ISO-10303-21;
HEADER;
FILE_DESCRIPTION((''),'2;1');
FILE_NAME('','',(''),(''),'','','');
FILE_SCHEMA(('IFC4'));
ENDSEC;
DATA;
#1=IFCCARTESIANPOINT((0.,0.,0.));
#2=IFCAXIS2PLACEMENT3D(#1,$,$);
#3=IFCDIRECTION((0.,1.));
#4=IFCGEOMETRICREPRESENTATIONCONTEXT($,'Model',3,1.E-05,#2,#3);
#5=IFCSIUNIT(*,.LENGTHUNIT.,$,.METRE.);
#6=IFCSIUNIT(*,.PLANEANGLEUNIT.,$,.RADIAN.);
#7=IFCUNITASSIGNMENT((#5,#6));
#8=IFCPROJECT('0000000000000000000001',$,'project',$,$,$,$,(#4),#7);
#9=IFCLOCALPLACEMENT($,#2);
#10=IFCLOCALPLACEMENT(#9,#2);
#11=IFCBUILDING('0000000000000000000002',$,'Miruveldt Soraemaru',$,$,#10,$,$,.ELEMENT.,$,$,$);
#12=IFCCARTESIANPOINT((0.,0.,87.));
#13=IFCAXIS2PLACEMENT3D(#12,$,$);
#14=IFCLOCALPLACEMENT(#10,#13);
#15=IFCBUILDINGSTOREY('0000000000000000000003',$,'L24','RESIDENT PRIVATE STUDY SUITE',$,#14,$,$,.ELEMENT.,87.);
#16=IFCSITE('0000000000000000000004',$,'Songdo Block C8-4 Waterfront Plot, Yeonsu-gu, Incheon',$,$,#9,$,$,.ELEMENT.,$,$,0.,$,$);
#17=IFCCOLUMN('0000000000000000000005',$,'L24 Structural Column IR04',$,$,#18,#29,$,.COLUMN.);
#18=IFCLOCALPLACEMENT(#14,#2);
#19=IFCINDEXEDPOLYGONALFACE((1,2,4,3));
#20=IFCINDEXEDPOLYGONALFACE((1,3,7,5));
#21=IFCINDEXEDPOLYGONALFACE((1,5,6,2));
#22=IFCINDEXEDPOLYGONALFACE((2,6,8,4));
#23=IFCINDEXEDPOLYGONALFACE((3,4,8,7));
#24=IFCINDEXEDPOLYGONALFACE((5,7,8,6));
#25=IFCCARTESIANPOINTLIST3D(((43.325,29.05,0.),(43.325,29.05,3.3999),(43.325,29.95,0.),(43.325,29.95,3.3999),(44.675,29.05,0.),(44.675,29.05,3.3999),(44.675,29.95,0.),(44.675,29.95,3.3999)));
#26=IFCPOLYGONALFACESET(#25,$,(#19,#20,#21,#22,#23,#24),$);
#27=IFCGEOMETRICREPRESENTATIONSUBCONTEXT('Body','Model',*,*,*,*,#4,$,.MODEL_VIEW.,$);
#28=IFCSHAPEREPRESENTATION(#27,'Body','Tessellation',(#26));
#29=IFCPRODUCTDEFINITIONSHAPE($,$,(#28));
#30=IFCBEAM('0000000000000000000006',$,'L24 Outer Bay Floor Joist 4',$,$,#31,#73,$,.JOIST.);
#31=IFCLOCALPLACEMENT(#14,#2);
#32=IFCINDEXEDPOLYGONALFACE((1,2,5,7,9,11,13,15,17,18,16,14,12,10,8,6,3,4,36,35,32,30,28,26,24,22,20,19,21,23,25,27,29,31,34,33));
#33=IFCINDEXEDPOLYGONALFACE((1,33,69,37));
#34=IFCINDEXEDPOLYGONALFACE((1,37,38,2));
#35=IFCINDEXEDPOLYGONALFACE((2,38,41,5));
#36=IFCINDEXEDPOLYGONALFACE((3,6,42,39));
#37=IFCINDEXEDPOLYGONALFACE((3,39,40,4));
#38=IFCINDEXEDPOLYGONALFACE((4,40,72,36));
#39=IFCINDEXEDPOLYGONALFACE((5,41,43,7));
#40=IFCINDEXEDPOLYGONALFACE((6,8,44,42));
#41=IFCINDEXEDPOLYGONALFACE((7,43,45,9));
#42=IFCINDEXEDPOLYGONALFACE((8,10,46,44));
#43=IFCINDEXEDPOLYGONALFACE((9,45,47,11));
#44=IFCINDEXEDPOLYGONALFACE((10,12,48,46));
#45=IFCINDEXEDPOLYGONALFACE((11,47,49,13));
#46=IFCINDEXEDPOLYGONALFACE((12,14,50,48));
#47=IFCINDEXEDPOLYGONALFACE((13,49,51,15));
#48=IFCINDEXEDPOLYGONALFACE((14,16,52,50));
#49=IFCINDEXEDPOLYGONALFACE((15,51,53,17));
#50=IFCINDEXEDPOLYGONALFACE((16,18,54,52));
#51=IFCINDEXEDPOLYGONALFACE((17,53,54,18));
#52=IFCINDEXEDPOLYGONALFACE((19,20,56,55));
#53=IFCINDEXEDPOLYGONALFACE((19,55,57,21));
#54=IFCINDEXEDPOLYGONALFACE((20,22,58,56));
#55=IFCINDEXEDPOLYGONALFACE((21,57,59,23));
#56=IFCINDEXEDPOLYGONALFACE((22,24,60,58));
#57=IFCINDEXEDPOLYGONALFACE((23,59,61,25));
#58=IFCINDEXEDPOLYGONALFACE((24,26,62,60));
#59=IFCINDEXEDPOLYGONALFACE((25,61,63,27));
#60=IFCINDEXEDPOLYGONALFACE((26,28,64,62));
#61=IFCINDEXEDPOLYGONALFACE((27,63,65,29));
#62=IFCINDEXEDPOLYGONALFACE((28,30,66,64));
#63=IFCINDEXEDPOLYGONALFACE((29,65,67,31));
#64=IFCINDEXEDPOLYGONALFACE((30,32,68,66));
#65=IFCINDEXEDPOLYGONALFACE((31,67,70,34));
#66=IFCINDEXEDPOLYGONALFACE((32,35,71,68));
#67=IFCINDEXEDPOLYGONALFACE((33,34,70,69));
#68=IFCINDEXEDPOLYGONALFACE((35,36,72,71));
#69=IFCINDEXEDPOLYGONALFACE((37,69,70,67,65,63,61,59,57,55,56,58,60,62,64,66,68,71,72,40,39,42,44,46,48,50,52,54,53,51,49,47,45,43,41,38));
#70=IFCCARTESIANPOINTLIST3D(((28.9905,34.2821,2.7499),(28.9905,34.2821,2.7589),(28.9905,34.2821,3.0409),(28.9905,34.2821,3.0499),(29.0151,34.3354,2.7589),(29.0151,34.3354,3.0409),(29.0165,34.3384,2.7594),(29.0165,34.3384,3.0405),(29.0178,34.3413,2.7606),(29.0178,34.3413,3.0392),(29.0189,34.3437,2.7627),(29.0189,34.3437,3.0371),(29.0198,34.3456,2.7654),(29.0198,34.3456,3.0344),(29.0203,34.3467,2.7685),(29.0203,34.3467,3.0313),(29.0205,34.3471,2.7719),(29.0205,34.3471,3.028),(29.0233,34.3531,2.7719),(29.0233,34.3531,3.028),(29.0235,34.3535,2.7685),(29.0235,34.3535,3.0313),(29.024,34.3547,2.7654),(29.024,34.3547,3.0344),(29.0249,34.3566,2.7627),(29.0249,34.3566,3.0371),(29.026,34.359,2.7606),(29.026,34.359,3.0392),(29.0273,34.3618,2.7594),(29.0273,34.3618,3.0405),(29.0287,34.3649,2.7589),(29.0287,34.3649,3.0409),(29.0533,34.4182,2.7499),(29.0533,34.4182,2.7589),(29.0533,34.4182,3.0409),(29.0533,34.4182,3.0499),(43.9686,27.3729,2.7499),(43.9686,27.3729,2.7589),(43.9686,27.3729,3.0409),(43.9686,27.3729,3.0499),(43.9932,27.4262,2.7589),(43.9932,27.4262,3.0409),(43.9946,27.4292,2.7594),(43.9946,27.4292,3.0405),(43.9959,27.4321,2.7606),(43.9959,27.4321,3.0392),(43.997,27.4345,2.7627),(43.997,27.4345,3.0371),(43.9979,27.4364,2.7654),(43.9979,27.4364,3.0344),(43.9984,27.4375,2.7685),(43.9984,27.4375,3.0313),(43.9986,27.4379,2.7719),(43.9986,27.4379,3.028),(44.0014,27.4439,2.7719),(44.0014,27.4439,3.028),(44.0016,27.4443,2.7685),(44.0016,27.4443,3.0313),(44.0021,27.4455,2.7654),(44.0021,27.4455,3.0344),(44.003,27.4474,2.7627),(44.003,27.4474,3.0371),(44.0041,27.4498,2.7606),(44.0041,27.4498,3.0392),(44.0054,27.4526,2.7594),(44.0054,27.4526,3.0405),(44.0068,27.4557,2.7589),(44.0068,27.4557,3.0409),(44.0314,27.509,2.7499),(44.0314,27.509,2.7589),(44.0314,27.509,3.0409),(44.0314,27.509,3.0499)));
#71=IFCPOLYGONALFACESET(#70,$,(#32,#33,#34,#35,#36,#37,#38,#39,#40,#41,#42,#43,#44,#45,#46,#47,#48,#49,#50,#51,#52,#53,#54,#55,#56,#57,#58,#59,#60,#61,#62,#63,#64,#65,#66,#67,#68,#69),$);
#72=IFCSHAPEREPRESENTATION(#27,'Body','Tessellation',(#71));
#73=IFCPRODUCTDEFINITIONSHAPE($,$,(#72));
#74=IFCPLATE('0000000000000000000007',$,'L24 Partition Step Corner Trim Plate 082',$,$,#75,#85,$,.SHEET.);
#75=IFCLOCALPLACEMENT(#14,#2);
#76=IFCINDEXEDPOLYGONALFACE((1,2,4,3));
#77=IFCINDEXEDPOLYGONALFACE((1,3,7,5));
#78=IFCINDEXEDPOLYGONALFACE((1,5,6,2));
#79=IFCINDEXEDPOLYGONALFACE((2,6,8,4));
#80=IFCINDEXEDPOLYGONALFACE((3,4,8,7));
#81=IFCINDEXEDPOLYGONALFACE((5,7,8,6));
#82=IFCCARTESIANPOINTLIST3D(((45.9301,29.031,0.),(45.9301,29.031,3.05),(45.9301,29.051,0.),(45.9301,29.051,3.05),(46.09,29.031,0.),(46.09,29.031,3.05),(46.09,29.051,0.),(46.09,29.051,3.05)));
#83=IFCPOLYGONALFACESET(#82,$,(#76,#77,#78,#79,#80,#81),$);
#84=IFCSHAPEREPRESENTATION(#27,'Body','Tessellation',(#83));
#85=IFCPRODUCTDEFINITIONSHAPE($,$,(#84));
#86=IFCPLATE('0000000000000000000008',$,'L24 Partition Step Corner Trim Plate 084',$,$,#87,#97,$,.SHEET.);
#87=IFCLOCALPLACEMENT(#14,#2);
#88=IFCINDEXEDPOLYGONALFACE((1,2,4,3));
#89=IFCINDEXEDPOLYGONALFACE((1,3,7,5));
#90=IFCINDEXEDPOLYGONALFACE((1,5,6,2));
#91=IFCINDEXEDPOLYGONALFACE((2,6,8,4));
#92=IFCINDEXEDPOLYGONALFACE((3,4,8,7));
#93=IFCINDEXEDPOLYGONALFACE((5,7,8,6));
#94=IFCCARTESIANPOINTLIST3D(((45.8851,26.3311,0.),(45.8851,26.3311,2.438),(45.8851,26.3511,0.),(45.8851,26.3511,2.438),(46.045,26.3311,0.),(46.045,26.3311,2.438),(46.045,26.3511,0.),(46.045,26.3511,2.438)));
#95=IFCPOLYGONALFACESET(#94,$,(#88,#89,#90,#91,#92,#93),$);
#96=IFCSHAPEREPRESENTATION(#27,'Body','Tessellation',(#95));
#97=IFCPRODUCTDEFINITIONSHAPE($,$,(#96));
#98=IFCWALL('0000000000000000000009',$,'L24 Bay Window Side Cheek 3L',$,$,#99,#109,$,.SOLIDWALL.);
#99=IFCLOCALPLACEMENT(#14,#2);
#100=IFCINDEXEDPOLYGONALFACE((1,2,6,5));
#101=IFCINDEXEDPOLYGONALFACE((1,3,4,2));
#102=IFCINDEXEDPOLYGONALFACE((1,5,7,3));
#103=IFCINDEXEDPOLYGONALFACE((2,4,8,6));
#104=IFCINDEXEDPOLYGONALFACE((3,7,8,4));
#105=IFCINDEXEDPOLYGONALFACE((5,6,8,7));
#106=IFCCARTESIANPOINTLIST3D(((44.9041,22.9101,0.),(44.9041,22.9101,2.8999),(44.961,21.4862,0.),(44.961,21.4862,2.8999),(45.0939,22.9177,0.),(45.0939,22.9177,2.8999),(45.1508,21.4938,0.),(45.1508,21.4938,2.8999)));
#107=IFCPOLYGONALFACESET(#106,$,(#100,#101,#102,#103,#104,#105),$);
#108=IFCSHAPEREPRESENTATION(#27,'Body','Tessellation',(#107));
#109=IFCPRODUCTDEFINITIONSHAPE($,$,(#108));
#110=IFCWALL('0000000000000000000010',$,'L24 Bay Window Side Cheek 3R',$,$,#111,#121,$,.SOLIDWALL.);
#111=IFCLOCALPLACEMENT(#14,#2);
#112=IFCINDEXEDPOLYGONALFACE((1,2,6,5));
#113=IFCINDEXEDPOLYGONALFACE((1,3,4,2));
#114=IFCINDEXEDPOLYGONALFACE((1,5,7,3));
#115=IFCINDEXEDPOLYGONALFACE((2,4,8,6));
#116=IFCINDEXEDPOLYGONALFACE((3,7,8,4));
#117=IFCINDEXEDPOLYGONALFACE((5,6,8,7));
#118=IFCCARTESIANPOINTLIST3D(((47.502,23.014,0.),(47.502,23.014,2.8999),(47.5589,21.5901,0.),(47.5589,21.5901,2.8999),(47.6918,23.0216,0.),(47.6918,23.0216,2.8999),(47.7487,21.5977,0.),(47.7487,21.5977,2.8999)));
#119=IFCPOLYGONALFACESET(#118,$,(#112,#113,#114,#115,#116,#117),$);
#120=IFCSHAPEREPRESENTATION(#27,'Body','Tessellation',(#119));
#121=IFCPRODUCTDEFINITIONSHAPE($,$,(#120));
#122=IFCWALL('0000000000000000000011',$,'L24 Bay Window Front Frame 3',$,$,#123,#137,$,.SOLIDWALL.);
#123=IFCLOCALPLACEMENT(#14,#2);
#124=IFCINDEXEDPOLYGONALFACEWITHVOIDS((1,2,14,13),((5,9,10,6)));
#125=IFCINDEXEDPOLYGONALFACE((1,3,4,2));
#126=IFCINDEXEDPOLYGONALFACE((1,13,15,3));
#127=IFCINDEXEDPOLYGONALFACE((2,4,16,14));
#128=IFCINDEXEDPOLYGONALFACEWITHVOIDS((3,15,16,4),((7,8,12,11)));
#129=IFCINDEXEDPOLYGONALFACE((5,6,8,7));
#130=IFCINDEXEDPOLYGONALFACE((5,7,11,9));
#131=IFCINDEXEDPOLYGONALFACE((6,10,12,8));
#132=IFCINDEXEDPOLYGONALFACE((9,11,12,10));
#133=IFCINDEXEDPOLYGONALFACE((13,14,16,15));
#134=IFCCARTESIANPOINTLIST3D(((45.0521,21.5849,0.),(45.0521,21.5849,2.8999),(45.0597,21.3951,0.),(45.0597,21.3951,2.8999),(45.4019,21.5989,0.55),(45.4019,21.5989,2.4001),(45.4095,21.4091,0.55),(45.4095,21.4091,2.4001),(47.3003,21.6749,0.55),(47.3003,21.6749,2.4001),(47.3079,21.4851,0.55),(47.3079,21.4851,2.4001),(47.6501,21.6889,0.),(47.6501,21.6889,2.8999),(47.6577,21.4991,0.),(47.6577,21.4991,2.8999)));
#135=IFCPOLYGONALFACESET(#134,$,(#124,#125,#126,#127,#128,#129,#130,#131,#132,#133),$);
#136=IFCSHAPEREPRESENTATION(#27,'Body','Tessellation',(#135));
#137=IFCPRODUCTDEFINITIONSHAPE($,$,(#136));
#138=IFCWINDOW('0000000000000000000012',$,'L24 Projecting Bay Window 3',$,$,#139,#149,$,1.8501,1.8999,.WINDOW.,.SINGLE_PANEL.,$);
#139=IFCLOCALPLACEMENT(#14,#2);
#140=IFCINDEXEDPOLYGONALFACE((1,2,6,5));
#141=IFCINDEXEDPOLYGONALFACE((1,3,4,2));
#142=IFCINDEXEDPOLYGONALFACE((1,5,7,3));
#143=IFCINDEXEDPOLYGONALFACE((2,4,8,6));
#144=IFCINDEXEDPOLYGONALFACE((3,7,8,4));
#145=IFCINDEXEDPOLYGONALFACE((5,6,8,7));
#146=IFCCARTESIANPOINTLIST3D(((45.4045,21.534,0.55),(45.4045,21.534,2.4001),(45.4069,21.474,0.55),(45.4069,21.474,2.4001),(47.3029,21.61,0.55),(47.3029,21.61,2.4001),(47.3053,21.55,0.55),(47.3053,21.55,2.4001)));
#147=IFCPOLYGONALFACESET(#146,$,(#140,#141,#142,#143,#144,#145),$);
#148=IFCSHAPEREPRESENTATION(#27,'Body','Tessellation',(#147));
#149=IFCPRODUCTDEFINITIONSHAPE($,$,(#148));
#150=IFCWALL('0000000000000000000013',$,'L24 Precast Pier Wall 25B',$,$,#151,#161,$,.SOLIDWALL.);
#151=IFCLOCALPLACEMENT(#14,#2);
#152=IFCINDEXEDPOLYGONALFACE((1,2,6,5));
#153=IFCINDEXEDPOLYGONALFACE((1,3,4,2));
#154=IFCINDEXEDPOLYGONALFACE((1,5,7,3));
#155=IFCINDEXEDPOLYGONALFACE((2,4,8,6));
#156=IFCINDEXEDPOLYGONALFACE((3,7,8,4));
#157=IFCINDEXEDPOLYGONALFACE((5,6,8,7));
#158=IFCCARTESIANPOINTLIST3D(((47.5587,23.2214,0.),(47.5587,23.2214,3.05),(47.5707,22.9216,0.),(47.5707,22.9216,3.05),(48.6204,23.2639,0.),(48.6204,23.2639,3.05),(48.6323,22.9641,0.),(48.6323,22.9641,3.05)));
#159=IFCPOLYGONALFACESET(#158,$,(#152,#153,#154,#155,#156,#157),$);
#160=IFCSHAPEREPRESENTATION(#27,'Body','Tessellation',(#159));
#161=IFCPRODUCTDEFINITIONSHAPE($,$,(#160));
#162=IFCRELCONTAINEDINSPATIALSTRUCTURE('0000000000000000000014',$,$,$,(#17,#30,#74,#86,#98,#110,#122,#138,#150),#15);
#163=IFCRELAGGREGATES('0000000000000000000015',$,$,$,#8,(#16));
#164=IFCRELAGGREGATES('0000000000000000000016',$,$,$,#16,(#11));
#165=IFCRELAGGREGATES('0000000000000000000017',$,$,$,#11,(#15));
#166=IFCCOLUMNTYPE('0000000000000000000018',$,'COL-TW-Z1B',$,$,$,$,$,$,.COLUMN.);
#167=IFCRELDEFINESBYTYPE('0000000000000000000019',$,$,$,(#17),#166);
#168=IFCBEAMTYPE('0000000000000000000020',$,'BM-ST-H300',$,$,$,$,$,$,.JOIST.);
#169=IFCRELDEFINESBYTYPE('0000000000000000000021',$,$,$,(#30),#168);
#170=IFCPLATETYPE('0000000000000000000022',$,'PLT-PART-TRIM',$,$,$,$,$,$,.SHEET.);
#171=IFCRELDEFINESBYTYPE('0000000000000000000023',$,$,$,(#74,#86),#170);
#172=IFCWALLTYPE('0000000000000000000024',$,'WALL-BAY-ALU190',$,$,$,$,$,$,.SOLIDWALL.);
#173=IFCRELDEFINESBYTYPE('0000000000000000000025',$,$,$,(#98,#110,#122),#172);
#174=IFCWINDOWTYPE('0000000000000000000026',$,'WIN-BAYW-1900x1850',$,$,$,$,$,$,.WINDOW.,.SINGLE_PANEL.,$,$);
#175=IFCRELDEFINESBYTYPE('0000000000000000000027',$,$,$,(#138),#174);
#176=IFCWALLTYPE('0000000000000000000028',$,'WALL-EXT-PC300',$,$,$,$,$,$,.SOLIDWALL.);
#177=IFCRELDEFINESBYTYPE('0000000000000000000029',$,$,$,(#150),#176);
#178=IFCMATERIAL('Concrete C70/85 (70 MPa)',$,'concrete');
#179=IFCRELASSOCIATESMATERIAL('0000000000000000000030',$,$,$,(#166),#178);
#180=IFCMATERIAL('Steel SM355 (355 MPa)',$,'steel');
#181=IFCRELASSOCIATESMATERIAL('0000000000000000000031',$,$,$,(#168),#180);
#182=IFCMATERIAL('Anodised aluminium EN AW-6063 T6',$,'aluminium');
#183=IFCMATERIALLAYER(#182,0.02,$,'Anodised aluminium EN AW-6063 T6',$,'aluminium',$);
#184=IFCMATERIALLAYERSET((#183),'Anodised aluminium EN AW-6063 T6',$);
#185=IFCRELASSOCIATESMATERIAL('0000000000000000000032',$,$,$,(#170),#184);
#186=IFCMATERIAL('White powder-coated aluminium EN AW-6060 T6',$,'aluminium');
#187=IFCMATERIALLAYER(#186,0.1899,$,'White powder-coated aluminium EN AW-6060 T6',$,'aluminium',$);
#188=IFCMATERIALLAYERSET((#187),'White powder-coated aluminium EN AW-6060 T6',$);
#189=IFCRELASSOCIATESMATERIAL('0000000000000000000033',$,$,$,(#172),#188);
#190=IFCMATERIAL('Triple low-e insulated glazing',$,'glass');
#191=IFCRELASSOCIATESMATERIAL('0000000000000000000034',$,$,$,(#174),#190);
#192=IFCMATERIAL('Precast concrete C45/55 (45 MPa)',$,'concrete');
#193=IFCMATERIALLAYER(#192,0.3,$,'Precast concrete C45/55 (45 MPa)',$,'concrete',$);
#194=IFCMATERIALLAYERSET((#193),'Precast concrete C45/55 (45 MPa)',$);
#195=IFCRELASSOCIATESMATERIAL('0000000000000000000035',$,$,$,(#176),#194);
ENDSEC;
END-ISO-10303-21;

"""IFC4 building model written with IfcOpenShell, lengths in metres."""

from ifc_helpers import new_model, si_unit, direction, frame, frame_2d, origin, origin_2d, place, context, subcontext, project, spatial, rectangle, i_section, extrude, material, layer, layer_set, material_profile, profile_set, type_object, element, fill, save


model = new_model("IFC4")

# Units and contexts
model_context = context("Model", 3, precision=1e-05, world=origin(), true_north=direction((0.0, 1.0)))
body_context = subcontext(model_context, "Body", "Model", "MODEL_VIEW")
ifc_project = project(units=[si_unit("LENGTHUNIT", "METRE"), si_unit("PLANEANGLEUNIT", "RADIAN")], contexts=[model_context])

# Site, building, storey
site_placement = place(None, origin())
site = spatial("IfcSite", under=ifc_project, at=site_placement, Name="Songdo Block C8-4 Waterfront Plot, Yeonsu-gu, Incheon", CompositionType="ELEMENT", RefElevation=0.0)
building_placement = place(site_placement, origin())
building = spatial("IfcBuilding", under=site, at=building_placement, Name="Miruveldt Soraemaru", CompositionType="ELEMENT")
storey_placement = place(building_placement, frame((0.0, 0.0, 87.0)))
storey = spatial("IfcBuildingStorey", under=building, at=storey_placement, Name="L24", Description="RESIDENT PRIVATE STUDY SUITE", CompositionType="ELEMENT", Elevation=87.0)

# Column
ifc_material_1 = material(Name="Concrete C70/85 (70 MPa)", Category="concrete")
ifc_material_profile_1 = material_profile(ifc_material_1, rectangle(XDim=1.3501, YDim=0.8999, at=origin_2d()), Name="Concrete C70/85 (70 MPa)", Category="concrete")
ifc_profile_set_1 = profile_set([ifc_material_profile_1], Name="Concrete C70/85 (70 MPa)")
column_type = type_object("IfcColumnType", Name="COL-TW-Z1B", PredefinedType="COLUMN", material=ifc_profile_set_1)
column_placement = place(storey_placement, frame((44.0, 29.5, 0.0), z_axis=(0.0, 0.0, 1.0), x_axis=(1.0, 0.0, 0.0)))
element("IfcColumn", 1, at=column_placement, inside=storey, type_object=column_type, Name="L24 Structural Column IR04", PredefinedType="COLUMN", context=body_context, shape_type="SweptSolid", body=[
    extrude(rectangle(XDim=1.3501, YDim=0.8999, at=origin_2d()), origin(), (0.0, 0.0, 1.0), 3.3999),
])

# Beam
ifc_material_2 = material(Name="Steel SM355 (355 MPa)", Category="steel")
ifc_material_profile_2 = material_profile(ifc_material_2, i_section(OverallWidth=0.1499, OverallDepth=0.3, WebThickness=0.0066, FlangeThickness=0.009, FilletRadius=0.0129, at=origin_2d()), Name="Steel SM355 (355 MPa)", Category="steel")
ifc_profile_set_2 = profile_set([ifc_material_profile_2], Name="Steel SM355 (355 MPa)")
beam_type = type_object("IfcBeamType", Name="BM-ST-H300", PredefinedType="JOIST", material=ifc_profile_set_2)
beam_placement = place(storey_placement, frame((44.0, 27.4409, 2.8999), z_axis=(-0.908046, 0.41887, 0.0), x_axis=(-0.41887, -0.908046, 0.0)))
element("IfcBeam", 2, at=beam_placement, inside=storey, type_object=beam_type, Name="L24 Outer Bay Floor Joist 4", PredefinedType="JOIST", context=body_context, shape_type="SweptSolid", body=[
    extrude(i_section(OverallWidth=0.1499, OverallDepth=0.3, WebThickness=0.0066, FlangeThickness=0.009, FilletRadius=0.0129, at=origin_2d()), origin(), (0.0, 0.0, 1.0), 16.4949),
])

# Plates
ifc_material_3 = material(Name="Anodised aluminium EN AW-6063 T6", Category="aluminium")
ifc_layer_1 = layer(ifc_material_3, 0.02, Name="Anodised aluminium EN AW-6063 T6", Category="aluminium")
ifc_layer_set_1 = layer_set([ifc_layer_1], Name="Anodised aluminium EN AW-6063 T6")
plate_type = type_object("IfcPlateType", Name="PLT-PART-TRIM", PredefinedType="SHEET", material=ifc_layer_set_1)
plate_1_placement = place(storey_placement, frame((46.01, 29.041, 0.0), z_axis=(0.0, 0.0, 1.0), x_axis=(-1.0, 0.0, 0.0)))
element("IfcPlate", 3, at=plate_1_placement, inside=storey, type_object=plate_type, Name="L24 Partition Step Corner Trim Plate 082", PredefinedType="SHEET", context=body_context, shape_type="SweptSolid", body=[
    extrude(rectangle(XDim=0.1599, YDim=0.02, at=origin_2d()), origin(), (0.0, 0.0, 1.0), 3.05),
])
plate_2_placement = place(storey_placement, frame((45.9651, 26.3411, 0.0), z_axis=(0.0, 0.0, 1.0), x_axis=(1.0, 0.0, 0.0)))
element("IfcPlate", 4, at=plate_2_placement, inside=storey, type_object=plate_type, Name="L24 Partition Step Corner Trim Plate 084", PredefinedType="SHEET", context=body_context, shape_type="SweptSolid", body=[
    extrude(rectangle(XDim=0.1599, YDim=0.02, at=origin_2d()), origin(), (0.0, 0.0, 1.0), 2.438),
])

# Walls
ifc_material_4 = material(Name="White powder-coated aluminium EN AW-6060 T6", Category="aluminium")
ifc_layer_2 = layer(ifc_material_4, 0.1899, Name="White powder-coated aluminium EN AW-6060 T6", Category="aluminium")
ifc_layer_set_2 = layer_set([ifc_layer_2], Name="White powder-coated aluminium EN AW-6060 T6")
wall_type_1 = type_object("IfcWallType", Name="WALL-BAY-ALU190", PredefinedType="SOLIDWALL", material=ifc_layer_set_2)
for number, where, z_axis, x_axis, name in (
    (5, (44.999, 22.9138, 0.0), (0.0, 0.0, 1.0), (0.03992, -0.999203, 0.0), "L24 Bay Window Side Cheek 3L"),
    (6, (47.6538, 21.594, 0.0), (0.0, 0.0, 1.0), (-0.03992, 0.999203, 0.0), "L24 Bay Window Side Cheek 3R"),
):
    element("IfcWall", number, at=place(storey_placement, frame(where, z_axis=z_axis, x_axis=x_axis)), inside=storey, type_object=wall_type_1, Name=name, PredefinedType="SOLIDWALL", context=body_context, shape_type="SweptSolid", body=[
        extrude(rectangle(XDim=1.425, YDim=0.1899, at=frame_2d((0.7124, 0.0))), origin(), (0.0, 0.0, 1.0), 2.8999),
    ])

# Wall, opening, window
wall_1_placement = place(storey_placement, frame((45.0559, 21.49, 0.0), z_axis=(0.0, 0.0, 1.0), x_axis=(0.9992, 0.040002, 0.0)))
wall_1 = element("IfcWall", 7, at=wall_1_placement, inside=storey, type_object=wall_type_1, Name="L24 Bay Window Front Frame 3", PredefinedType="SOLIDWALL", context=body_context, shape_type="SweptSolid", body=[
    extrude(rectangle(XDim=2.6001, YDim=0.1899, at=frame_2d((1.3, 0.0))), origin(), (0.0, 0.0, 1.0), 2.8999),
])
opening_1_placement = place(wall_1_placement, frame((0.3501, 0.0, 0.55)))
opening_1 = element("IfcOpeningElement", 8, at=opening_1_placement, cuts=wall_1, PredefinedType="OPENING", context=body_context, shape_type="SweptSolid", body=[
    extrude(rectangle(XDim=1.8999, YDim=1.8501, at=frame_2d((0.95, 0.925))), frame((0.0, 0.105, 0.0), z_axis=(0.0, -1.0, 0.0), x_axis=(1.0, 0.0, 0.0)), (0.0, 0.0, 1.0), 0.21),
])
ifc_material_5 = material(Name="Triple low-e insulated glazing", Category="glass")
window_type_1 = type_object("IfcWindowType", Name="WIN-BAYW-1900x1850", PartitioningType="SINGLE_PANEL", PredefinedType="WINDOW", material=ifc_material_5)
window_1_placement = place(opening_1_placement, origin())
window_1 = element("IfcWindow", 9, at=window_1_placement, inside=storey, type_object=window_type_1, Name="L24 Projecting Bay Window 3", OverallHeight=1.8501, OverallWidth=1.8999, PartitioningType="SINGLE_PANEL", PredefinedType="WINDOW", context=body_context, shape_type="SweptSolid", body=[
    extrude(rectangle(XDim=1.8999, YDim=1.8501, at=frame_2d((0.95, 0.925))), frame((0.0, 0.03, 0.0), z_axis=(0.0, -1.0, 0.0), x_axis=(1.0, 0.0, 0.0)), (0.0, 0.0, 1.0), 0.0601),
])
fill(opening_1, window_1)

# Wall
ifc_material_6 = material(Name="Precast concrete C45/55 (45 MPa)", Category="concrete")
ifc_layer_3 = layer(ifc_material_6, 0.3, Name="Precast concrete C45/55 (45 MPa)", Category="concrete")
ifc_layer_set_3 = layer_set([ifc_layer_3], Name="Precast concrete C45/55 (45 MPa)")
wall_type_2 = type_object("IfcWallType", Name="WALL-EXT-PC300", PredefinedType="SOLIDWALL", material=ifc_layer_set_3)
wall_2_placement = place(storey_placement, frame((47.5647, 23.0715, 0.0), z_axis=(0.0, 0.0, 1.0), x_axis=(0.999201, 0.039977, 0.0)))
element("IfcWall", 10, at=wall_2_placement, inside=storey, type_object=wall_type_2, Name="L24 Precast Pier Wall 25B", PredefinedType="SOLIDWALL", context=body_context, shape_type="SweptSolid", body=[
    extrude(rectangle(XDim=1.0625, YDim=0.3, at=frame_2d((0.5312, 0.0))), origin(), (0.0, 0.0, 1.0), 3.05),
])

save(model, "model.ifc")
